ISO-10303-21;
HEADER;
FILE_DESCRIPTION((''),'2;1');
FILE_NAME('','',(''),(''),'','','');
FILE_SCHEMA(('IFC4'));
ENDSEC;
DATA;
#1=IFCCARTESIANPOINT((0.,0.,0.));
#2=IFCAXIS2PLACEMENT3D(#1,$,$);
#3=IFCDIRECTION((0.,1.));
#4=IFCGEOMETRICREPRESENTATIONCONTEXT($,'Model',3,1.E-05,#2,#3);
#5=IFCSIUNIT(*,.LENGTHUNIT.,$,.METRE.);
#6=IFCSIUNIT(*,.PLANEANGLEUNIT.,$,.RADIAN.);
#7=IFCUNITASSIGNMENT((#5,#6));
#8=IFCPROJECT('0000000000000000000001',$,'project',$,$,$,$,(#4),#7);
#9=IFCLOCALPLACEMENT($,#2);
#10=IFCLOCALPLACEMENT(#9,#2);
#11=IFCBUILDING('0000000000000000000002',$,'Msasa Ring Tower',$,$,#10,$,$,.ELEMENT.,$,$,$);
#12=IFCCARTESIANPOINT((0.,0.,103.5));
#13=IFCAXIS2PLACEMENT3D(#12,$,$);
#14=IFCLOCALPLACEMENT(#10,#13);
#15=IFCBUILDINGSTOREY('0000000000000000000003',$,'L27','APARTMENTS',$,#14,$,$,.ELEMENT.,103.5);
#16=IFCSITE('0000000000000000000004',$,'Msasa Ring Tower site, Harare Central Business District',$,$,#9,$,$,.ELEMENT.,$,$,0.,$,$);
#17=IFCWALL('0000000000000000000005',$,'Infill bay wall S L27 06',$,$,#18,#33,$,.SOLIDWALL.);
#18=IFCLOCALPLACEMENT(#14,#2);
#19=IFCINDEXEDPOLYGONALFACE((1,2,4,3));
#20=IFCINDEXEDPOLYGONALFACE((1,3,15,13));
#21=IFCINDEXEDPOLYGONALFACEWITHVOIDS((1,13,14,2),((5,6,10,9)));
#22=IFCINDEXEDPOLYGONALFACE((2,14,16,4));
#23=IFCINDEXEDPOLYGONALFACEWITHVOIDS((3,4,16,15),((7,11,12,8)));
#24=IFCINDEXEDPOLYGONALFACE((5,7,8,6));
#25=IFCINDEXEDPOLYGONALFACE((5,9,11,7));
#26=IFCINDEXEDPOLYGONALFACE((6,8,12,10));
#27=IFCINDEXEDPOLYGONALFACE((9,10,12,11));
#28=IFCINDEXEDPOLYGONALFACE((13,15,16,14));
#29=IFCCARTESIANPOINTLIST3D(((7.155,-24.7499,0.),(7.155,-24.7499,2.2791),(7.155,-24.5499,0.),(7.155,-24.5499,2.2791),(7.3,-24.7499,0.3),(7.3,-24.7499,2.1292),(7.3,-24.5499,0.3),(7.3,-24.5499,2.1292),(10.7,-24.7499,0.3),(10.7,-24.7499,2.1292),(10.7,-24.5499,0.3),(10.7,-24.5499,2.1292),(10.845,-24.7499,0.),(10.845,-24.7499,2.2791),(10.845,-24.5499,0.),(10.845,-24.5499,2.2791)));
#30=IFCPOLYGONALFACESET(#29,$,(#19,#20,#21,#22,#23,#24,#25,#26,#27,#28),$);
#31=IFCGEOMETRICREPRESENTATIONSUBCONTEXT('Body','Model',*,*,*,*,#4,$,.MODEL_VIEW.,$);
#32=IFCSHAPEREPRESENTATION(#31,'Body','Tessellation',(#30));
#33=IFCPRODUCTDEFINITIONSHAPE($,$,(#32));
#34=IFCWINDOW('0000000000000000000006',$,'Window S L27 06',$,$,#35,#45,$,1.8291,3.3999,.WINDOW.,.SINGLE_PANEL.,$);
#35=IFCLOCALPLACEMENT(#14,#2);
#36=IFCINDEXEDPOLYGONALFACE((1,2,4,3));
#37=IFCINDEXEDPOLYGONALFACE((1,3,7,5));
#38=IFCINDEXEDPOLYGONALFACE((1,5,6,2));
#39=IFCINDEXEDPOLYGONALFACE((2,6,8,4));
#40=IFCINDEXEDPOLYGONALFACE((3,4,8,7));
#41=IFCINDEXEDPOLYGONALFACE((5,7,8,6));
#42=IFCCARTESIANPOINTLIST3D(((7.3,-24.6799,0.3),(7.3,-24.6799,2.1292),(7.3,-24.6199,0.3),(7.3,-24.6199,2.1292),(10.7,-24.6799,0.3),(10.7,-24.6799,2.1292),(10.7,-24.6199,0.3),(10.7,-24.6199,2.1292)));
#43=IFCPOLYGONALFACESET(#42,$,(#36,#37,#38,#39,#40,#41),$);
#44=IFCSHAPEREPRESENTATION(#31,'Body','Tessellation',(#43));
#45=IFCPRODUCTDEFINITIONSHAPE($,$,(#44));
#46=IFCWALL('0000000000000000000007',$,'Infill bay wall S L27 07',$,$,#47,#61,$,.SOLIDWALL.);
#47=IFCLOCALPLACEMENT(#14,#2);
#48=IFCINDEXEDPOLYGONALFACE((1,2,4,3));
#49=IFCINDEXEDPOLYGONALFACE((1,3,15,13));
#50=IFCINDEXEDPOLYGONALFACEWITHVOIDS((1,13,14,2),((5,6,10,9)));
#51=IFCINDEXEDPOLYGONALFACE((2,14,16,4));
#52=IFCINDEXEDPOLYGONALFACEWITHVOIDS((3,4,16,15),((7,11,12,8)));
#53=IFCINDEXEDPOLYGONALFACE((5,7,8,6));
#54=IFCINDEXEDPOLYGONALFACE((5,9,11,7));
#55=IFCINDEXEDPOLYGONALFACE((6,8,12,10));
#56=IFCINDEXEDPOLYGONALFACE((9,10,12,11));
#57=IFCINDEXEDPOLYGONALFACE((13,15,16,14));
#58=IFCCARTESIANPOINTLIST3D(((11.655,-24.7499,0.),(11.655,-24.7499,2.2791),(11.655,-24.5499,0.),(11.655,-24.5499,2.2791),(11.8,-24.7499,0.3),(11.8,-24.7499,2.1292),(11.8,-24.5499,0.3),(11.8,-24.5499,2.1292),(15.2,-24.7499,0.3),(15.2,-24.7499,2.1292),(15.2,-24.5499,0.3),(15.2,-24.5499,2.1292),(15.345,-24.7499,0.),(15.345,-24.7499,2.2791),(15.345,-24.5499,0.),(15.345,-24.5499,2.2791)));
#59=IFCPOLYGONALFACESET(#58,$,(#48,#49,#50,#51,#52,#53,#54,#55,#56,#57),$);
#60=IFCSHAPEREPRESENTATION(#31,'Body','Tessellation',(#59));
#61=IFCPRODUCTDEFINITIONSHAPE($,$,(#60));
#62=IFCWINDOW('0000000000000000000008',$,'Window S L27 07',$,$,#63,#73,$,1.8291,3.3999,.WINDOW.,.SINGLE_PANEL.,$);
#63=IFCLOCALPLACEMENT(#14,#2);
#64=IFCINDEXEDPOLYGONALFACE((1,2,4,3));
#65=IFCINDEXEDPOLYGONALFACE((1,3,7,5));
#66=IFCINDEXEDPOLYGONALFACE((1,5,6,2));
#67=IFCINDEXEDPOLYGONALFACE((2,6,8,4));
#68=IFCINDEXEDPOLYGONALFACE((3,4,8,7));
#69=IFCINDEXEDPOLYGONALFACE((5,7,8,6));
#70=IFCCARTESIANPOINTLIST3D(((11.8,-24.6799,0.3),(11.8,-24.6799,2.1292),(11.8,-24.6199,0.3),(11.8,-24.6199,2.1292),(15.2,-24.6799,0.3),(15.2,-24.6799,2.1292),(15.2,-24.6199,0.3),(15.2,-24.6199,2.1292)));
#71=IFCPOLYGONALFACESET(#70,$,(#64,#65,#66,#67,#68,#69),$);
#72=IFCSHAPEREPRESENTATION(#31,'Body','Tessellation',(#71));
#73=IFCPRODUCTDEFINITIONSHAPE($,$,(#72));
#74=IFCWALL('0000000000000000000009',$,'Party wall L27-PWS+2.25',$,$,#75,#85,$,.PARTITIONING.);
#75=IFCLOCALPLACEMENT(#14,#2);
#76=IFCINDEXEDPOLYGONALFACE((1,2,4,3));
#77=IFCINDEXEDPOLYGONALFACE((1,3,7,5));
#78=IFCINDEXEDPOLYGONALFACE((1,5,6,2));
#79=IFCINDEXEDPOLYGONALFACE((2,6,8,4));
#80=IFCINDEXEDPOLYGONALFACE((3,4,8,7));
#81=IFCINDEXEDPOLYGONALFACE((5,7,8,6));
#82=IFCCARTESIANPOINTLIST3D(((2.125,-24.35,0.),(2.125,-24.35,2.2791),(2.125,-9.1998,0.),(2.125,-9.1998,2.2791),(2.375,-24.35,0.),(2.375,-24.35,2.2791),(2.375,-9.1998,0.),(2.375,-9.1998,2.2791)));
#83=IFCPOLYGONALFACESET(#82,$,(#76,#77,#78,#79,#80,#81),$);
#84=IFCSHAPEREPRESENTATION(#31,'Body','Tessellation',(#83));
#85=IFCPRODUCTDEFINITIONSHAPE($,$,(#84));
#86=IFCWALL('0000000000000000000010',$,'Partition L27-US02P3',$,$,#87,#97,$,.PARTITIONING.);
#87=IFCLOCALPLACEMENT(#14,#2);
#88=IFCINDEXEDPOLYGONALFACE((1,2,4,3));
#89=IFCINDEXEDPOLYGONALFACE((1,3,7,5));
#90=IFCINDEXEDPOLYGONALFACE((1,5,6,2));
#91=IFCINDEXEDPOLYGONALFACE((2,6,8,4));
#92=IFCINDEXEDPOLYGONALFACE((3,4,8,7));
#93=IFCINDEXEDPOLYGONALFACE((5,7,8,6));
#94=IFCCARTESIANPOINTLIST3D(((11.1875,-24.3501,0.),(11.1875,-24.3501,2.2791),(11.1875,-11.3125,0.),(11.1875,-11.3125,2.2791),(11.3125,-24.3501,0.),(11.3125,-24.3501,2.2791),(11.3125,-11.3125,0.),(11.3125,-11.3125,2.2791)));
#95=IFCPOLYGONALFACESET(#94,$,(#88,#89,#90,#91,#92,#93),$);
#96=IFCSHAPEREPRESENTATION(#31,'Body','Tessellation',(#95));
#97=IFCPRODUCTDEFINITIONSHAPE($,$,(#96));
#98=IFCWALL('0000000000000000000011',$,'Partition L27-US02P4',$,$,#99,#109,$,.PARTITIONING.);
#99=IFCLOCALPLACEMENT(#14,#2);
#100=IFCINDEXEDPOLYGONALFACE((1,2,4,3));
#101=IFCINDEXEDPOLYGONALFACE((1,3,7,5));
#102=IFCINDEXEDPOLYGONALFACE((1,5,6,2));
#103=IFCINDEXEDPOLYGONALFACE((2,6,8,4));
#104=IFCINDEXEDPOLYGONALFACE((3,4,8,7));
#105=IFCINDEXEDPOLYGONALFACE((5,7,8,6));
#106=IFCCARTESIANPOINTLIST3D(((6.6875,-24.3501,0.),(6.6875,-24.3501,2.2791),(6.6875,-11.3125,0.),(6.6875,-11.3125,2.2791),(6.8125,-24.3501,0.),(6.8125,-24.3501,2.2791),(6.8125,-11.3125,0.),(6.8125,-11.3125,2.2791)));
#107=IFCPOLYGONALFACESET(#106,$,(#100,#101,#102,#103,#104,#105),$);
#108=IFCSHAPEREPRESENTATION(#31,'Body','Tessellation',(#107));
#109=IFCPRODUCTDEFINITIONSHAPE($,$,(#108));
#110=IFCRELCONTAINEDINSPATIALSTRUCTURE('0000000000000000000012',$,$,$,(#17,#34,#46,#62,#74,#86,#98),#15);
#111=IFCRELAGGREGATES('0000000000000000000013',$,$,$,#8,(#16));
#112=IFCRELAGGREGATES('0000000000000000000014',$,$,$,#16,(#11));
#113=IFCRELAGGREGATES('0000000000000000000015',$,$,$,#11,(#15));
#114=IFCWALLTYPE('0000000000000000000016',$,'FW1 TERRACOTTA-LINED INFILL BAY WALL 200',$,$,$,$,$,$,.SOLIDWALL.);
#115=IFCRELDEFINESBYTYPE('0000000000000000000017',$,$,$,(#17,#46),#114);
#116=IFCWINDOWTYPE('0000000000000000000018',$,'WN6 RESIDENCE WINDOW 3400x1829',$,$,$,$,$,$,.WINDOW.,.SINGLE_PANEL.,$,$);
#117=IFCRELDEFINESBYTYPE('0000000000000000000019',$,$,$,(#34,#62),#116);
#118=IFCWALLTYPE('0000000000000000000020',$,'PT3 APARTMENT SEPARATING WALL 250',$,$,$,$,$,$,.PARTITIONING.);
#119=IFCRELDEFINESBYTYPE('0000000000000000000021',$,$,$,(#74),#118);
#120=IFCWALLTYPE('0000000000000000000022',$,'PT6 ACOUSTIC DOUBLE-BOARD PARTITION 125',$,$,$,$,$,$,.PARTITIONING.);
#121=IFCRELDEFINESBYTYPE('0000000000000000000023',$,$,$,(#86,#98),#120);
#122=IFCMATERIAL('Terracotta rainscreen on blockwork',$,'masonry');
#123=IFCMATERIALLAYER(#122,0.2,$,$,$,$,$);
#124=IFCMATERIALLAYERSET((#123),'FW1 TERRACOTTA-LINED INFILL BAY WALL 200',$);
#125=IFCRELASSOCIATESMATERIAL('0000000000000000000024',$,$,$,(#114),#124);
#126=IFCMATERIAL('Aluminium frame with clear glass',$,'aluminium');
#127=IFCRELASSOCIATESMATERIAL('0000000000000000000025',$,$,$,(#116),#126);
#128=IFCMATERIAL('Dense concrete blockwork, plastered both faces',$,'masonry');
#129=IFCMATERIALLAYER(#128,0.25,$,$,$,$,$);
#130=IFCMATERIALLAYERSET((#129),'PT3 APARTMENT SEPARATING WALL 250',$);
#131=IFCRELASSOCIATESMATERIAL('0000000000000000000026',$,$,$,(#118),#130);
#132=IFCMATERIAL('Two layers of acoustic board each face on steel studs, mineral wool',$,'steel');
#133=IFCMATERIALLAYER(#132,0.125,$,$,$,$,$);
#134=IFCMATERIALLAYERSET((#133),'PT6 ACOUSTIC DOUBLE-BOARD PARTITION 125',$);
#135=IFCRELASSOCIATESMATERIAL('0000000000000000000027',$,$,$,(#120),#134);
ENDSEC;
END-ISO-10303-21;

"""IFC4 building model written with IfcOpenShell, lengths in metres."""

from ifc_helpers import new_model, si_unit, direction, frame, frame_2d, origin, place, context, subcontext, project, spatial, rectangle, extrude, material, layer, layer_set, type_object, element, fill, save


model = new_model("IFC4")

# Units and contexts
model_context = context("Model", 3, precision=1e-05, world=origin(), true_north=direction((0.0, 1.0)))
body_context = subcontext(model_context, "Body", "Model", "MODEL_VIEW")
ifc_project = project(units=[si_unit("LENGTHUNIT", "METRE"), si_unit("PLANEANGLEUNIT", "RADIAN")], contexts=[model_context])

# Site, building, storey
site_placement = place(None, origin())
site = spatial("IfcSite", under=ifc_project, at=site_placement, Name="Msasa Ring Tower site, Harare Central Business District", CompositionType="ELEMENT", RefElevation=0.0)
building_placement = place(site_placement, origin())
building = spatial("IfcBuilding", under=site, at=building_placement, Name="Msasa Ring Tower", CompositionType="ELEMENT")
storey_placement = place(building_placement, frame((0.0, 0.0, 103.5)))
storey = spatial("IfcBuildingStorey", under=building, at=storey_placement, Name="L27", Description="APARTMENTS", CompositionType="ELEMENT", Elevation=103.5)

# Walls, openings, windows
ifc_material_1 = material(Name="Terracotta rainscreen on blockwork", Category="masonry")
ifc_layer_1 = layer(ifc_material_1, 0.2)
ifc_layer_set_1 = layer_set([ifc_layer_1], Name="FW1 TERRACOTTA-LINED INFILL BAY WALL 200")
wall_type_1 = type_object("IfcWallType", Name="FW1 TERRACOTTA-LINED INFILL BAY WALL 200", PredefinedType="SOLIDWALL", material=ifc_layer_set_1)
ifc_material_2 = material(Name="Aluminium frame with clear glass", Category="aluminium")
window_type = type_object("IfcWindowType", Name="WN6 RESIDENCE WINDOW 3400x1829", PartitioningType="SINGLE_PANEL", PredefinedType="WINDOW", material=ifc_material_2)
wall_1_placement = place(storey_placement, frame((7.155, -24.6499, 0.0), z_axis=(0.0, 0.0, 1.0), x_axis=(1.0, 0.0, 0.0)))
wall_1 = element("IfcWall", 1, at=wall_1_placement, inside=storey, type_object=wall_type_1, Name="Infill bay wall S L27 06", PredefinedType="SOLIDWALL", context=body_context, shape_type="SweptSolid", body=[
    extrude(rectangle(XDim=3.6899, YDim=0.2, at=frame_2d((1.845, 0.0))), origin(), (0.0, 0.0, 1.0), 2.2791),
])
opening_1_placement = place(wall_1_placement, frame((0.145, 0.0, 0.3)))
opening_1 = element("IfcOpeningElement", 2, at=opening_1_placement, cuts=wall_1, PredefinedType="OPENING", context=body_context, shape_type="SweptSolid", body=[
    extrude(rectangle(XDim=3.3999, YDim=1.8291, at=frame_2d((1.7, 0.9146))), frame((0.0, 0.1099, 0.0), z_axis=(0.0, -1.0, 0.0), x_axis=(1.0, 0.0, 0.0)), (0.0, 0.0, 1.0), 0.22),
])
window_1_placement = place(opening_1_placement, origin())
window_1 = element("IfcWindow", 3, at=window_1_placement, inside=storey, type_object=window_type, Name="Window S L27 06", OverallHeight=1.8291, OverallWidth=3.3999, PartitioningType="SINGLE_PANEL", PredefinedType="WINDOW", context=body_context, shape_type="SweptSolid", body=[
    extrude(rectangle(XDim=3.3999, YDim=1.8291, at=frame_2d((1.7, 0.9146))), frame((0.0, 0.03, 0.0), z_axis=(0.0, -1.0, 0.0), x_axis=(1.0, 0.0, 0.0)), (0.0, 0.0, 1.0), 0.0601),
])
fill(opening_1, window_1)
wall_2_placement = place(storey_placement, frame((11.655, -24.6499, 0.0), z_axis=(0.0, 0.0, 1.0), x_axis=(1.0, 0.0, 0.0)))
wall_2 = element("IfcWall", 4, at=wall_2_placement, inside=storey, type_object=wall_type_1, Name="Infill bay wall S L27 07", PredefinedType="SOLIDWALL", context=body_context, shape_type="SweptSolid", body=[
    extrude(rectangle(XDim=3.6899, YDim=0.2, at=frame_2d((1.845, 0.0))), origin(), (0.0, 0.0, 1.0), 2.2791),
])
opening_2_placement = place(wall_2_placement, frame((0.145, 0.0, 0.3)))
opening_2 = element("IfcOpeningElement", 5, at=opening_2_placement, cuts=wall_2, PredefinedType="OPENING", context=body_context, shape_type="SweptSolid", body=[
    extrude(rectangle(XDim=3.3999, YDim=1.8291, at=frame_2d((1.7, 0.9146))), frame((0.0, 0.1099, 0.0), z_axis=(0.0, -1.0, 0.0), x_axis=(1.0, 0.0, 0.0)), (0.0, 0.0, 1.0), 0.22),
])
window_2_placement = place(opening_2_placement, origin())
window_2 = element("IfcWindow", 6, at=window_2_placement, inside=storey, type_object=window_type, Name="Window S L27 07", OverallHeight=1.8291, OverallWidth=3.3999, PartitioningType="SINGLE_PANEL", PredefinedType="WINDOW", context=body_context, shape_type="SweptSolid", body=[
    extrude(rectangle(XDim=3.3999, YDim=1.8291, at=frame_2d((1.7, 0.9146))), frame((0.0, 0.03, 0.0), z_axis=(0.0, -1.0, 0.0), x_axis=(1.0, 0.0, 0.0)), (0.0, 0.0, 1.0), 0.0601),
])
fill(opening_2, window_2)

# Walls
ifc_material_3 = material(Name="Dense concrete blockwork, plastered both faces", Category="masonry")
ifc_layer_2 = layer(ifc_material_3, 0.25)
ifc_layer_set_2 = layer_set([ifc_layer_2], Name="PT3 APARTMENT SEPARATING WALL 250")
wall_type_2 = type_object("IfcWallType", Name="PT3 APARTMENT SEPARATING WALL 250", PredefinedType="PARTITIONING", material=ifc_layer_set_2)
wall_3_placement = place(storey_placement, frame((2.25, -24.3501, 0.0), z_axis=(0.0, 0.0, 1.0), x_axis=(0.0, 1.0, 0.0)))
element("IfcWall", 7, at=wall_3_placement, inside=storey, type_object=wall_type_2, Name="Party wall L27-PWS+2.25", PredefinedType="PARTITIONING", context=body_context, shape_type="SweptSolid", body=[
    extrude(rectangle(XDim=15.1501, YDim=0.25, at=frame_2d((7.5752, 0.0))), origin(), (0.0, 0.0, 1.0), 2.2791),
])
ifc_material_4 = material(Name="Two layers of acoustic board each face on steel studs, mineral wool", Category="steel")
ifc_layer_3 = layer(ifc_material_4, 0.125)
ifc_layer_set_3 = layer_set([ifc_layer_3], Name="PT6 ACOUSTIC DOUBLE-BOARD PARTITION 125")
wall_type_3 = type_object("IfcWallType", Name="PT6 ACOUSTIC DOUBLE-BOARD PARTITION 125", PredefinedType="PARTITIONING", material=ifc_layer_set_3)
for number, where, z_axis, x_axis, name in (
    (8, (11.25, -24.3501, 0.0), (0.0, 0.0, 1.0), (0.0, 1.0, 0.0), "Partition L27-US02P3"),
    (9, (6.75, -24.3501, 0.0), (0.0, 0.0, 1.0), (0.0, 1.0, 0.0), "Partition L27-US02P4"),
):
    element("IfcWall", number, at=place(storey_placement, frame(where, z_axis=z_axis, x_axis=x_axis)), inside=storey, type_object=wall_type_3, Name=name, PredefinedType="PARTITIONING", context=body_context, shape_type="SweptSolid", body=[
        extrude(rectangle(XDim=13.0376, YDim=0.125, at=frame_2d((6.5188, 0.0))), origin(), (0.0, 0.0, 1.0), 2.2791),
    ])

save(model, "model.ifc")
